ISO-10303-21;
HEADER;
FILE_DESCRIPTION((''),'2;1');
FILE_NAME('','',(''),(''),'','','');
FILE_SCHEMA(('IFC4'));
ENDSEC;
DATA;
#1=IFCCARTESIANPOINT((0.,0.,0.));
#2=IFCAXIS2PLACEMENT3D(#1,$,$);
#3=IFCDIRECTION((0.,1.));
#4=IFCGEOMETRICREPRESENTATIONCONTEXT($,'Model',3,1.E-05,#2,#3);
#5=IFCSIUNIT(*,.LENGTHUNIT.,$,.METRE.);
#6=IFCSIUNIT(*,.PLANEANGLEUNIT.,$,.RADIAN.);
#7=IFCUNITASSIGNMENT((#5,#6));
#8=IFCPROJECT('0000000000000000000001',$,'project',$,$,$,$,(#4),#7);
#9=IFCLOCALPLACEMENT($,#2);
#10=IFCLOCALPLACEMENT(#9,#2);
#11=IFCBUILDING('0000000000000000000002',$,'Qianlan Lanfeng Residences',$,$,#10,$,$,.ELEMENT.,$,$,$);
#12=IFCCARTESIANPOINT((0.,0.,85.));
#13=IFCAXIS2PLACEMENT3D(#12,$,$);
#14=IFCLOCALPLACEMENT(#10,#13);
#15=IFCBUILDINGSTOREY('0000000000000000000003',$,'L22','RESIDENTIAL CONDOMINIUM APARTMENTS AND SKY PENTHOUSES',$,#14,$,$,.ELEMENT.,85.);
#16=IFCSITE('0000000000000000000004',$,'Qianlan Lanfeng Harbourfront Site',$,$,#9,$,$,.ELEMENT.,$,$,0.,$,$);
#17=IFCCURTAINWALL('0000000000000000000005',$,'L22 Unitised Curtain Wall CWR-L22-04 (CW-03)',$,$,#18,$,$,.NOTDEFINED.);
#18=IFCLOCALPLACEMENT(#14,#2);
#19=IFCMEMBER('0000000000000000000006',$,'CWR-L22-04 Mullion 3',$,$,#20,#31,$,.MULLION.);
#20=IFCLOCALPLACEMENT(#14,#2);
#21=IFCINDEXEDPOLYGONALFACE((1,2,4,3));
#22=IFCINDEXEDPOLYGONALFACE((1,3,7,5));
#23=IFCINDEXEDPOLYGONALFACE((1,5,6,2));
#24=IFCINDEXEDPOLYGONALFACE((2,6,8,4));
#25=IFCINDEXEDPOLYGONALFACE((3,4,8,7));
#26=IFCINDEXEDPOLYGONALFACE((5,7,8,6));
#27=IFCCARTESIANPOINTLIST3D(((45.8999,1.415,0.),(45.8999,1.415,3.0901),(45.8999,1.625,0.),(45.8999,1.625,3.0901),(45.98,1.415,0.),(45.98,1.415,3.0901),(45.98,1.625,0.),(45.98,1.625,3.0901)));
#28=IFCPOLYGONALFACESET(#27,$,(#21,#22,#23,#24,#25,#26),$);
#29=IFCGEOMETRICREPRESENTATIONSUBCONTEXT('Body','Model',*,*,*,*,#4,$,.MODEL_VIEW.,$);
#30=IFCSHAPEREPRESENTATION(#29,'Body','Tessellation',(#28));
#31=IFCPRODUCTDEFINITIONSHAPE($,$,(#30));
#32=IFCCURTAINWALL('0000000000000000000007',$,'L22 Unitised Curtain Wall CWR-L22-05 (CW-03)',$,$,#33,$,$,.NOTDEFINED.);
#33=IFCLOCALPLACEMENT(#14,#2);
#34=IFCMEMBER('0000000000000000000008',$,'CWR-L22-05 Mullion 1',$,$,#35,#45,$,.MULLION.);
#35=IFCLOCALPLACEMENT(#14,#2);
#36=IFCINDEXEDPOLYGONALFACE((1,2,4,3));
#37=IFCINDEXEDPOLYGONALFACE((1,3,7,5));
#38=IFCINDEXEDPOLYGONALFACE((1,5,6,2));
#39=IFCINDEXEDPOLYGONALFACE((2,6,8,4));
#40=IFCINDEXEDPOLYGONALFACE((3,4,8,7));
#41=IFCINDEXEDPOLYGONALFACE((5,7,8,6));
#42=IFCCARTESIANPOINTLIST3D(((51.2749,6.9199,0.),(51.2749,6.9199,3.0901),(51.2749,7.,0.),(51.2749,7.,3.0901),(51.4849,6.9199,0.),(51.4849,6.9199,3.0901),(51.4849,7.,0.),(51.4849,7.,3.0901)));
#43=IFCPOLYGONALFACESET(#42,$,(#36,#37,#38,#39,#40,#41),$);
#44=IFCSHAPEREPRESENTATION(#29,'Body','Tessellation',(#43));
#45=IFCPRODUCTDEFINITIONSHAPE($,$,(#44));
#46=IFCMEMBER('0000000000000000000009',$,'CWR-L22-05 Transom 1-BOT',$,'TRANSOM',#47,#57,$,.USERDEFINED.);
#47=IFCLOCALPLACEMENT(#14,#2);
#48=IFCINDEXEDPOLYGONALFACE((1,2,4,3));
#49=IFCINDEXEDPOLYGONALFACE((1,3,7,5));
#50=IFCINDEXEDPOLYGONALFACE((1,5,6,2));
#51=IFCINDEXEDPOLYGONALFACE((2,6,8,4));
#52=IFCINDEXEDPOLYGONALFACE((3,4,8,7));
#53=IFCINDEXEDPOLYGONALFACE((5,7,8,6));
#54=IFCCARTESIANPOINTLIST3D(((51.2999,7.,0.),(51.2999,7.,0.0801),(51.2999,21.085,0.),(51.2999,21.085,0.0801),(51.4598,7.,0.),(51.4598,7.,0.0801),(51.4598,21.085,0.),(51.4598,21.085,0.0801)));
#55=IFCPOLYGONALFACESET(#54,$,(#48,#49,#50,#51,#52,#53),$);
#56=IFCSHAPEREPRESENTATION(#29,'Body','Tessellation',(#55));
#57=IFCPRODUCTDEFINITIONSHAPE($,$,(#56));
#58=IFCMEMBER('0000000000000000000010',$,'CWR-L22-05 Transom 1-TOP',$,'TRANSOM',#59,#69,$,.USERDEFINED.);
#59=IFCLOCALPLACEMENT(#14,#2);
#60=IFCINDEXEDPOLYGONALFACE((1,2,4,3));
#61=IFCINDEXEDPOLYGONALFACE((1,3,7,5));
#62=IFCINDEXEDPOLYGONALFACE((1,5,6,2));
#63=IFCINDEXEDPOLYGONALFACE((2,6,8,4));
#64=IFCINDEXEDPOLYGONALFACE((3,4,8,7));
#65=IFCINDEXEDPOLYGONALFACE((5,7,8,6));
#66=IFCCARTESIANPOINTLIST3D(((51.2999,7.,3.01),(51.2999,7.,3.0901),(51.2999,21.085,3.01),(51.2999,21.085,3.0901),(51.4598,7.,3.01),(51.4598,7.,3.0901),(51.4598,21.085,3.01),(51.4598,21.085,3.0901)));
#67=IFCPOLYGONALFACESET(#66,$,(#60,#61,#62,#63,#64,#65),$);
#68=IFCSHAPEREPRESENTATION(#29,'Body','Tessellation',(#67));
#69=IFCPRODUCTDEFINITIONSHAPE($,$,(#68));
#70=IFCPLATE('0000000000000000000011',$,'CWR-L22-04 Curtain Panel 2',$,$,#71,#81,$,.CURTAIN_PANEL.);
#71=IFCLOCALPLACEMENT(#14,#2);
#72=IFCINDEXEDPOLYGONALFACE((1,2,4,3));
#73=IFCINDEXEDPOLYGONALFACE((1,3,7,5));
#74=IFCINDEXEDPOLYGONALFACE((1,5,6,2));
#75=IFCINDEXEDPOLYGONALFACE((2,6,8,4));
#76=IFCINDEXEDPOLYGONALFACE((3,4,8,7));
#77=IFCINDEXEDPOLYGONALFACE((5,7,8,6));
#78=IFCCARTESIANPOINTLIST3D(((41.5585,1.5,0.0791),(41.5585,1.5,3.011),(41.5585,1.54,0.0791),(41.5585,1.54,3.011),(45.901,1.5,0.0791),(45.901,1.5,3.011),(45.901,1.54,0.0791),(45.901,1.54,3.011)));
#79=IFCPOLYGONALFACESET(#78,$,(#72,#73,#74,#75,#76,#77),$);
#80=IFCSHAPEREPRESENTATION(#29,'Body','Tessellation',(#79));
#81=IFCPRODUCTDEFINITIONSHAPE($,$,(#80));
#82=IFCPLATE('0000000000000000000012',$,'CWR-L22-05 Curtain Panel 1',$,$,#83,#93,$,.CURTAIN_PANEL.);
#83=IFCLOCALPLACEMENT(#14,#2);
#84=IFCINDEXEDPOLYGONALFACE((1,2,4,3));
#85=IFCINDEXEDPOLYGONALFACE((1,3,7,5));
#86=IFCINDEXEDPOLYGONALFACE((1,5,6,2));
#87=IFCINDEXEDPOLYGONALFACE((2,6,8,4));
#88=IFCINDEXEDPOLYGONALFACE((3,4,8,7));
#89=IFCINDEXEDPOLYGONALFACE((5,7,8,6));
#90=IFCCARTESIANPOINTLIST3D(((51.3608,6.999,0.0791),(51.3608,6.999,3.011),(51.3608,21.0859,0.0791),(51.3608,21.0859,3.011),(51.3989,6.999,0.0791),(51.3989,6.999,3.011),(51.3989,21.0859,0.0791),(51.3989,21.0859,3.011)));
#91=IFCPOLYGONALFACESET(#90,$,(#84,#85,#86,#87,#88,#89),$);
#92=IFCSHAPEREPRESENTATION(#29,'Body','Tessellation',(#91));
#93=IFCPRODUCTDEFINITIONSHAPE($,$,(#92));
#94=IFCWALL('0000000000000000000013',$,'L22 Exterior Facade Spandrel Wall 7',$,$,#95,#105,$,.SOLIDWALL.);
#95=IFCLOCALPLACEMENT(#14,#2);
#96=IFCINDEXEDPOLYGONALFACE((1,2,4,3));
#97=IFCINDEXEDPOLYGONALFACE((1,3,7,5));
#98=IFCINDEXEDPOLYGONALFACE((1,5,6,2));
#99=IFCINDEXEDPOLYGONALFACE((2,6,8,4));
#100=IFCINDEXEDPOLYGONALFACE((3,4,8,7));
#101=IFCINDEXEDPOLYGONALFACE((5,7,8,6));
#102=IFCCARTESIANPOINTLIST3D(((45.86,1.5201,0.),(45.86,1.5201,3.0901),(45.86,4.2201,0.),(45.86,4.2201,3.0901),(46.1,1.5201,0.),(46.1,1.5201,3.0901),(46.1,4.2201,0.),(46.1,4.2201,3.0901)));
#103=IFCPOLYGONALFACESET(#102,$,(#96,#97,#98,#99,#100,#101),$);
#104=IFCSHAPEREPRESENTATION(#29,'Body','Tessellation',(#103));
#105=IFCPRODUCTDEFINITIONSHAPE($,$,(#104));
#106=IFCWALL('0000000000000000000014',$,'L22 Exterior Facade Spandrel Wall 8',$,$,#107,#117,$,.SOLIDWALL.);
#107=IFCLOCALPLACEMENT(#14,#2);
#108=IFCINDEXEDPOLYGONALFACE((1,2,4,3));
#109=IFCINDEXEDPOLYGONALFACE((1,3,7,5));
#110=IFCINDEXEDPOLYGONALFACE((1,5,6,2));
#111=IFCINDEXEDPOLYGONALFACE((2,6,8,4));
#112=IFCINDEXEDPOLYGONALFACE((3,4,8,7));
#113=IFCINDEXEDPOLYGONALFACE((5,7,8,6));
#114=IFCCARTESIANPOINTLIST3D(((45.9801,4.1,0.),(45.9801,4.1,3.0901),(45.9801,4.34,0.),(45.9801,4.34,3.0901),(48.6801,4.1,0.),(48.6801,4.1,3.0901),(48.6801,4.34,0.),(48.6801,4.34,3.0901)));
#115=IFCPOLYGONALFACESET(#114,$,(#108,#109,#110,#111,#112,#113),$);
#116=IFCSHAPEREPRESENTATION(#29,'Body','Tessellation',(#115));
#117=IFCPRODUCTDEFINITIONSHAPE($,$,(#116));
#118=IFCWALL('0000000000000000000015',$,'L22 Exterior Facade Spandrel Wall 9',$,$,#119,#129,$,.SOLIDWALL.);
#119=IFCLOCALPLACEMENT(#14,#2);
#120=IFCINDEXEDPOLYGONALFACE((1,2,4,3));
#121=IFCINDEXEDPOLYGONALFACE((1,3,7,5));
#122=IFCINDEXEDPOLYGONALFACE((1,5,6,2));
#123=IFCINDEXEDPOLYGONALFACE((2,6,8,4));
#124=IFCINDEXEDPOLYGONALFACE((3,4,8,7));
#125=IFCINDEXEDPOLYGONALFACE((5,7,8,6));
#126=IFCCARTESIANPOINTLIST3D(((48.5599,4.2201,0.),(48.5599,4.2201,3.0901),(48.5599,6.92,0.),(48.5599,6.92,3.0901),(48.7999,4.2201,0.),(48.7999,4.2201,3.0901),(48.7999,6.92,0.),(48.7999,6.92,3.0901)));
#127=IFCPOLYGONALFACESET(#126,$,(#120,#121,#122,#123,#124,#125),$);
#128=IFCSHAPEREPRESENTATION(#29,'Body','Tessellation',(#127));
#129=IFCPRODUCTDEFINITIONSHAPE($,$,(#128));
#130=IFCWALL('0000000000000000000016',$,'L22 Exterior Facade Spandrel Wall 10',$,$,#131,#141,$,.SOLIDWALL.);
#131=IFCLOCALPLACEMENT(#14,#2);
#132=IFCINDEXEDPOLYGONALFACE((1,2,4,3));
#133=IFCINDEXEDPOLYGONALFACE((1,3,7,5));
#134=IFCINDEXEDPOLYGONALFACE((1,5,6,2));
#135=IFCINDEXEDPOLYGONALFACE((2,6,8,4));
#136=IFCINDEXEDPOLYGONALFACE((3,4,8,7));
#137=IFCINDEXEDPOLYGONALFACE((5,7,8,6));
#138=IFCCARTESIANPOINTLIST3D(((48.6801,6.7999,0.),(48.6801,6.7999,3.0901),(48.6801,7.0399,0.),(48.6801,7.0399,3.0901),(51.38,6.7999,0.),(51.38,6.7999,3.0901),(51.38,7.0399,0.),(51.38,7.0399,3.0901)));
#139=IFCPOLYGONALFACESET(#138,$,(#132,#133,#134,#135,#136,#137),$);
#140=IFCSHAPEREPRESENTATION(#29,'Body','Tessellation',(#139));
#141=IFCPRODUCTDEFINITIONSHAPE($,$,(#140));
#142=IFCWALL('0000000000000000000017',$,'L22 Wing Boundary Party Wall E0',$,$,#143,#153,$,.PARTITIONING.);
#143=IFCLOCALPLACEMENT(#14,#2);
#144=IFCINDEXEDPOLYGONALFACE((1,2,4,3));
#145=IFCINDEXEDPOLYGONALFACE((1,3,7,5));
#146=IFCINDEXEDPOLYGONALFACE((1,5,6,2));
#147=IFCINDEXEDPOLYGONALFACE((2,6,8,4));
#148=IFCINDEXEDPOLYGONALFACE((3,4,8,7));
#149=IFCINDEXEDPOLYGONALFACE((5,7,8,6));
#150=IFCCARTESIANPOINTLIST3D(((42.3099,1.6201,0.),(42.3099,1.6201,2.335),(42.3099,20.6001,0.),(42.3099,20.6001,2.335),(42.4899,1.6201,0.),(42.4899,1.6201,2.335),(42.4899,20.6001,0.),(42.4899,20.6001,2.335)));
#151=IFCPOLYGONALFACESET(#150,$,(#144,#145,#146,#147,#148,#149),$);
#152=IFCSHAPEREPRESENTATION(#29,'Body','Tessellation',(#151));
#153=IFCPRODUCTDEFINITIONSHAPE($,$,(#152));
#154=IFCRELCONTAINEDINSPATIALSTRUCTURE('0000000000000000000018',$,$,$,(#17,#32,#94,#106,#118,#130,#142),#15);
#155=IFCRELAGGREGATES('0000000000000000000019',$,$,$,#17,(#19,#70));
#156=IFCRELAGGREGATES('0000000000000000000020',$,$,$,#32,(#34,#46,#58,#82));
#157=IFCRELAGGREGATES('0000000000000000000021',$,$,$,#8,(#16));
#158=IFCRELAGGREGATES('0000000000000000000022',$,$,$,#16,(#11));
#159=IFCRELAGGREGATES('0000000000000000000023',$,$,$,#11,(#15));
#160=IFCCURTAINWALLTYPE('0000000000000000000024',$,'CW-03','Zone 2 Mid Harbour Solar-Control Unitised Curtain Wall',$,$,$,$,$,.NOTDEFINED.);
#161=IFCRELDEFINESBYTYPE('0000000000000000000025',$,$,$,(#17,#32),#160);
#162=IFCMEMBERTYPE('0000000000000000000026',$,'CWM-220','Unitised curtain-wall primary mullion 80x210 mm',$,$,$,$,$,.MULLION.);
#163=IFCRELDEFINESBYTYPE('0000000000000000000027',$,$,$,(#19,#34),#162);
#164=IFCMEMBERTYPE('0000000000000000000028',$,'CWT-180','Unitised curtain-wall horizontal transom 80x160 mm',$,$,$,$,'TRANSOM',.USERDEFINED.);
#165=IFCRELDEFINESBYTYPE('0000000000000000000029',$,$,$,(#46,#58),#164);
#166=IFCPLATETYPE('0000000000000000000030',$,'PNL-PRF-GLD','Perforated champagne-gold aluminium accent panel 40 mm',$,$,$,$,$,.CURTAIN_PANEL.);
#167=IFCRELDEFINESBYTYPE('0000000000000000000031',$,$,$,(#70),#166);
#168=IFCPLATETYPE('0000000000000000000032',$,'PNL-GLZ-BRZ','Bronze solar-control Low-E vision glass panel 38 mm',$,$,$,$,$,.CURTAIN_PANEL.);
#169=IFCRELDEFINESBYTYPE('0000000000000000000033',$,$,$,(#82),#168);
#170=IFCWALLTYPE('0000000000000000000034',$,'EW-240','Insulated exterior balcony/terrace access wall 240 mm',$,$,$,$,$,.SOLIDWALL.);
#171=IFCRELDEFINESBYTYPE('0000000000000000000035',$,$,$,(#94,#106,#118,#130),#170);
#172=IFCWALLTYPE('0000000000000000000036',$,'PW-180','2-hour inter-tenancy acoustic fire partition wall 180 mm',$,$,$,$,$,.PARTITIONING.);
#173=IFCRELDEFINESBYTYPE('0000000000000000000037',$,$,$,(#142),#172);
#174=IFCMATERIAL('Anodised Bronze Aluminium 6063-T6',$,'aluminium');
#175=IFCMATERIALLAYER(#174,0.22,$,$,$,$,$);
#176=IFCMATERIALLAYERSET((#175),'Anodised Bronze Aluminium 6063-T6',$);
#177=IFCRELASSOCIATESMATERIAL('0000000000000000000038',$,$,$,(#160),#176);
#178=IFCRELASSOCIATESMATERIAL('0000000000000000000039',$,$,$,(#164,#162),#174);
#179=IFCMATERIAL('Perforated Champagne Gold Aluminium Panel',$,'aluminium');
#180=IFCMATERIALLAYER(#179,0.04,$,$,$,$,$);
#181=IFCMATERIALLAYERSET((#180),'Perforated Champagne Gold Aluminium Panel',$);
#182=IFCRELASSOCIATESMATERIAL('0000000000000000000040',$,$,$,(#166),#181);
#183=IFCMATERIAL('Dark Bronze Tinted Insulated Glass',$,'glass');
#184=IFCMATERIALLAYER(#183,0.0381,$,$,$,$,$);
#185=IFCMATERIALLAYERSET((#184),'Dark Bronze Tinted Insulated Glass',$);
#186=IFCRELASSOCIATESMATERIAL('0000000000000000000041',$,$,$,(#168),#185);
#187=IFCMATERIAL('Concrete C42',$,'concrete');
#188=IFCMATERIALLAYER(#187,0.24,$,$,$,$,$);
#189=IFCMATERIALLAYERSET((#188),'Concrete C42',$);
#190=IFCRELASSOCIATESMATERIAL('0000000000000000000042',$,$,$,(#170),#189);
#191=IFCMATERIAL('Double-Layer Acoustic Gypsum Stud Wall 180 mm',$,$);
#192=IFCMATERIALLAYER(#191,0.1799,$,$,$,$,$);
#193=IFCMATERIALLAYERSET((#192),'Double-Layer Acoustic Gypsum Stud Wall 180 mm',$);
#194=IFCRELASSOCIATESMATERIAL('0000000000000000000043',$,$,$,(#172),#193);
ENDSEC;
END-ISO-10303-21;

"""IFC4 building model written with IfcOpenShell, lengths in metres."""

from ifc_helpers import new_model, si_unit, direction, frame, frame_2d, origin, origin_2d, place, context, subcontext, project, spatial, rectangle, extrude, source, transform, mapped, material, layer, layer_set, material_profile, profile_set, type_object, element, aggregate, save


model = new_model("IFC4")

# Units and contexts
model_context = context("Model", 3, precision=1e-05, world=origin(), true_north=direction((0.0, 1.0)))
body_context = subcontext(model_context, "Body", "Model", "MODEL_VIEW")
ifc_project = project(units=[si_unit("LENGTHUNIT", "METRE"), si_unit("PLANEANGLEUNIT", "RADIAN")], contexts=[model_context])

# Site, building, storey
site_placement = place(None, origin())
site = spatial("IfcSite", under=ifc_project, at=site_placement, Name="Qianlan Lanfeng Harbourfront Site", CompositionType="ELEMENT", RefElevation=0.0)
building_placement = place(site_placement, origin())
building = spatial("IfcBuilding", under=site, at=building_placement, Name="Qianlan Lanfeng Residences", CompositionType="ELEMENT")
storey_placement = place(building_placement, frame((0.0, 0.0, 85.0)))
storey = spatial("IfcBuildingStorey", under=building, at=storey_placement, Name="L22", Description="RESIDENTIAL CONDOMINIUM APARTMENTS AND SKY PENTHOUSES", CompositionType="ELEMENT", Elevation=85.0)

# Curtain walls, members
ifc_material_1 = material(Name="Anodised Bronze Aluminium 6063-T6", Category="aluminium")
ifc_layer_1 = layer(ifc_material_1, 0.22)
ifc_layer_set_1 = layer_set([ifc_layer_1], Name="Anodised Bronze Aluminium 6063-T6")
curtain_wall_type = type_object("IfcCurtainWallType", Name="CW-03", Description="Zone 2 Mid Harbour Solar-Control Unitised Curtain Wall", PredefinedType="NOTDEFINED", material=ifc_layer_set_1)
curtain_wall_1_placement = place(storey_placement, origin())
curtain_wall_1 = element("IfcCurtainWall", 1, at=curtain_wall_1_placement, inside=storey, type_object=curtain_wall_type, Name="L22 Unitised Curtain Wall CWR-L22-04 (CW-03)", PredefinedType="NOTDEFINED")
ifc_material_profile_1 = material_profile(ifc_material_1, rectangle(XDim=0.0801, YDim=0.1599, at=origin_2d()), Name="ALU TRANSOM 80x160")
ifc_profile_set_1 = profile_set([ifc_material_profile_1], Name="Anodised Bronze Aluminium 6063-T6")
member_type_1 = type_object("IfcMemberType", Name="CWT-180", Description="Unitised curtain-wall horizontal transom 80x160 mm", ElementType="TRANSOM", PredefinedType="USERDEFINED", material=ifc_profile_set_1)
ifc_material_profile_2 = material_profile(ifc_material_1, rectangle(XDim=0.0801, YDim=0.21, at=origin_2d()), Name="ALU MULLION 80x210")
ifc_profile_set_2 = profile_set([ifc_material_profile_2], Name="Anodised Bronze Aluminium 6063-T6")
member_type_2 = type_object("IfcMemberType", Name="CWM-220", Description="Unitised curtain-wall primary mullion 80x210 mm", PredefinedType="MULLION", material=ifc_profile_set_2)
shared_shape_1 = source(origin(), body_context, "Body", "SweptSolid", [
    extrude(rectangle(XDim=0.0801, YDim=0.21, at=origin_2d()), origin(), (0.0, 0.0, 1.0), 3.0901),
])
member_1_placement = place(storey_placement, frame((45.9399, 1.52, 0.0), z_axis=(0.0, 0.0, 1.0), x_axis=(1.0, 0.0, 0.0)))
member_1 = element("IfcMember", 2, at=member_1_placement, type_object=member_type_2, Name="CWR-L22-04 Mullion 3", PredefinedType="MULLION", context=body_context, shape_type="MappedRepresentation", body=[
    mapped(shared_shape_1, transform((0.0, 0.0, 0.0), scale=1.0)),
])
curtain_wall_2_placement = place(storey_placement, origin())
curtain_wall_2 = element("IfcCurtainWall", 3, at=curtain_wall_2_placement, inside=storey, type_object=curtain_wall_type, Name="L22 Unitised Curtain Wall CWR-L22-05 (CW-03)", PredefinedType="NOTDEFINED")
member_2_placement = place(storey_placement, frame((51.3799, 6.96, 0.0), z_axis=(0.0, 0.0, 1.0), x_axis=(0.0, 1.0, 0.0)))
member_2 = element("IfcMember", 4, at=member_2_placement, type_object=member_type_2, Name="CWR-L22-05 Mullion 1", PredefinedType="MULLION", context=body_context, shape_type="MappedRepresentation", body=[
    mapped(shared_shape_1, transform((0.0, 0.0, 0.0), scale=1.0)),
])
shared_shape_2 = source(origin(), body_context, "Body", "SweptSolid", [
    extrude(rectangle(XDim=0.0801, YDim=0.1599, at=origin_2d()), origin(), (0.0, 0.0, 1.0), 14.085),
])
member_3_placement = place(storey_placement, frame((51.3799, 7.0, 0.04), z_axis=(0.0, 1.0, 0.0), x_axis=(0.0, 0.0, 1.0)))
member_3 = element("IfcMember", 5, at=member_3_placement, type_object=member_type_1, Name="CWR-L22-05 Transom 1-BOT", ObjectType="TRANSOM", PredefinedType="USERDEFINED", context=body_context, shape_type="MappedRepresentation", body=[
    mapped(shared_shape_2, transform((0.0, 0.0, 0.0), scale=1.0)),
])
member_4_placement = place(storey_placement, frame((51.3799, 7.0, 3.05), z_axis=(0.0, 1.0, 0.0), x_axis=(0.0, 0.0, 1.0)))
member_4 = element("IfcMember", 6, at=member_4_placement, type_object=member_type_1, Name="CWR-L22-05 Transom 1-TOP", ObjectType="TRANSOM", PredefinedType="USERDEFINED", context=body_context, shape_type="MappedRepresentation", body=[
    mapped(shared_shape_2, transform((0.0, 0.0, 0.0), scale=1.0)),
])

# Plates
ifc_material_2 = material(Name="Perforated Champagne Gold Aluminium Panel", Category="aluminium")
ifc_layer_2 = layer(ifc_material_2, 0.04)
ifc_layer_set_2 = layer_set([ifc_layer_2], Name="Perforated Champagne Gold Aluminium Panel")
plate_type_1 = type_object("IfcPlateType", Name="PNL-PRF-GLD", Description="Perforated champagne-gold aluminium accent panel 40 mm", PredefinedType="CURTAIN_PANEL", material=ifc_layer_set_2)
shared_shape_3 = source(origin(), body_context, "Body", "SweptSolid", [
    extrude(rectangle(XDim=4.3425, YDim=0.04, at=origin_2d()), origin(), (0.0, 0.0, 1.0), 2.9319),
])
plate_1_placement = place(storey_placement, frame((43.7297, 1.52, 0.0791), z_axis=(0.0, 0.0, 1.0), x_axis=(1.0, 0.0, 0.0)))
plate_1 = element("IfcPlate", 7, at=plate_1_placement, type_object=plate_type_1, Name="CWR-L22-04 Curtain Panel 2", PredefinedType="CURTAIN_PANEL", context=body_context, shape_type="MappedRepresentation", body=[
    mapped(shared_shape_3, transform((0.0, 0.0, 0.0), scale=1.0)),
])
aggregate(curtain_wall_1, [member_1, plate_1])
ifc_material_3 = material(Name="Dark Bronze Tinted Insulated Glass", Category="glass")
ifc_layer_3 = layer(ifc_material_3, 0.0381)
ifc_layer_set_3 = layer_set([ifc_layer_3], Name="Dark Bronze Tinted Insulated Glass")
plate_type_2 = type_object("IfcPlateType", Name="PNL-GLZ-BRZ", Description="Bronze solar-control Low-E vision glass panel 38 mm", PredefinedType="CURTAIN_PANEL", material=ifc_layer_set_3)
shared_shape_4 = source(origin(), body_context, "Body", "SweptSolid", [
    extrude(rectangle(XDim=14.0869, YDim=0.0381, at=origin_2d()), origin(), (0.0, 0.0, 1.0), 2.9319),
])
plate_2_placement = place(storey_placement, frame((51.3799, 14.0425, 0.0791), z_axis=(0.0, 0.0, 1.0), x_axis=(0.0, 1.0, 0.0)))
plate_2 = element("IfcPlate", 8, at=plate_2_placement, type_object=plate_type_2, Name="CWR-L22-05 Curtain Panel 1", PredefinedType="CURTAIN_PANEL", context=body_context, shape_type="MappedRepresentation", body=[
    mapped(shared_shape_4, transform((0.0, 0.0, 0.0), scale=1.0)),
])
aggregate(curtain_wall_2, [member_2, member_3, member_4, plate_2])

# Walls
ifc_material_4 = material(Name="Concrete C42", Category="concrete")
ifc_layer_4 = layer(ifc_material_4, 0.24)
ifc_layer_set_4 = layer_set([ifc_layer_4], Name="Concrete C42")
wall_type_1 = type_object("IfcWallType", Name="EW-240", Description="Insulated exterior balcony/terrace access wall 240 mm", PredefinedType="SOLIDWALL", material=ifc_layer_set_4)
for number, where, z_axis, x_axis, name in (
    (9, (45.98, 1.52, 0.0), (0.0, 0.0, 1.0), (0.0, 1.0, 0.0), "L22 Exterior Facade Spandrel Wall 7"),
    (10, (45.98, 4.22, 0.0), (0.0, 0.0, 1.0), (1.0, 0.0, 0.0), "L22 Exterior Facade Spandrel Wall 8"),
    (11, (48.6799, 4.22, 0.0), (0.0, 0.0, 1.0), (0.0, 1.0, 0.0), "L22 Exterior Facade Spandrel Wall 9"),
    (12, (48.6799, 6.9199, 0.0), (0.0, 0.0, 1.0), (1.0, 0.0, 0.0), "L22 Exterior Facade Spandrel Wall 10"),
):
    element("IfcWall", number, at=place(storey_placement, frame(where, z_axis=z_axis, x_axis=x_axis)), inside=storey, type_object=wall_type_1, Name=name, PredefinedType="SOLIDWALL", context=body_context, shape_type="SweptSolid", body=[
        extrude(rectangle(XDim=2.7, YDim=0.24, at=frame_2d((1.3501, 0.0))), origin(), (0.0, 0.0, 1.0), 3.0901),
    ])
ifc_material_5 = material(Name="Double-Layer Acoustic Gypsum Stud Wall 180 mm")
ifc_layer_5 = layer(ifc_material_5, 0.1799)
ifc_layer_set_5 = layer_set([ifc_layer_5], Name="Double-Layer Acoustic Gypsum Stud Wall 180 mm")
wall_type_2 = type_object("IfcWallType", Name="PW-180", Description="2-hour inter-tenancy acoustic fire partition wall 180 mm", PredefinedType="PARTITIONING", material=ifc_layer_set_5)
wall_placement = place(storey_placement, frame((42.3999, 1.6201, 0.0), z_axis=(0.0, 0.0, 1.0), x_axis=(0.0, 1.0, 0.0)))
element("IfcWall", 13, at=wall_placement, inside=storey, type_object=wall_type_2, Name="L22 Wing Boundary Party Wall E0", PredefinedType="PARTITIONING", context=body_context, shape_type="SweptSolid", body=[
    extrude(rectangle(XDim=18.98, YDim=0.1799, at=frame_2d((9.49, 0.0))), origin(), (0.0, 0.0, 1.0), 2.335),
])

save(model, "model.ifc")
